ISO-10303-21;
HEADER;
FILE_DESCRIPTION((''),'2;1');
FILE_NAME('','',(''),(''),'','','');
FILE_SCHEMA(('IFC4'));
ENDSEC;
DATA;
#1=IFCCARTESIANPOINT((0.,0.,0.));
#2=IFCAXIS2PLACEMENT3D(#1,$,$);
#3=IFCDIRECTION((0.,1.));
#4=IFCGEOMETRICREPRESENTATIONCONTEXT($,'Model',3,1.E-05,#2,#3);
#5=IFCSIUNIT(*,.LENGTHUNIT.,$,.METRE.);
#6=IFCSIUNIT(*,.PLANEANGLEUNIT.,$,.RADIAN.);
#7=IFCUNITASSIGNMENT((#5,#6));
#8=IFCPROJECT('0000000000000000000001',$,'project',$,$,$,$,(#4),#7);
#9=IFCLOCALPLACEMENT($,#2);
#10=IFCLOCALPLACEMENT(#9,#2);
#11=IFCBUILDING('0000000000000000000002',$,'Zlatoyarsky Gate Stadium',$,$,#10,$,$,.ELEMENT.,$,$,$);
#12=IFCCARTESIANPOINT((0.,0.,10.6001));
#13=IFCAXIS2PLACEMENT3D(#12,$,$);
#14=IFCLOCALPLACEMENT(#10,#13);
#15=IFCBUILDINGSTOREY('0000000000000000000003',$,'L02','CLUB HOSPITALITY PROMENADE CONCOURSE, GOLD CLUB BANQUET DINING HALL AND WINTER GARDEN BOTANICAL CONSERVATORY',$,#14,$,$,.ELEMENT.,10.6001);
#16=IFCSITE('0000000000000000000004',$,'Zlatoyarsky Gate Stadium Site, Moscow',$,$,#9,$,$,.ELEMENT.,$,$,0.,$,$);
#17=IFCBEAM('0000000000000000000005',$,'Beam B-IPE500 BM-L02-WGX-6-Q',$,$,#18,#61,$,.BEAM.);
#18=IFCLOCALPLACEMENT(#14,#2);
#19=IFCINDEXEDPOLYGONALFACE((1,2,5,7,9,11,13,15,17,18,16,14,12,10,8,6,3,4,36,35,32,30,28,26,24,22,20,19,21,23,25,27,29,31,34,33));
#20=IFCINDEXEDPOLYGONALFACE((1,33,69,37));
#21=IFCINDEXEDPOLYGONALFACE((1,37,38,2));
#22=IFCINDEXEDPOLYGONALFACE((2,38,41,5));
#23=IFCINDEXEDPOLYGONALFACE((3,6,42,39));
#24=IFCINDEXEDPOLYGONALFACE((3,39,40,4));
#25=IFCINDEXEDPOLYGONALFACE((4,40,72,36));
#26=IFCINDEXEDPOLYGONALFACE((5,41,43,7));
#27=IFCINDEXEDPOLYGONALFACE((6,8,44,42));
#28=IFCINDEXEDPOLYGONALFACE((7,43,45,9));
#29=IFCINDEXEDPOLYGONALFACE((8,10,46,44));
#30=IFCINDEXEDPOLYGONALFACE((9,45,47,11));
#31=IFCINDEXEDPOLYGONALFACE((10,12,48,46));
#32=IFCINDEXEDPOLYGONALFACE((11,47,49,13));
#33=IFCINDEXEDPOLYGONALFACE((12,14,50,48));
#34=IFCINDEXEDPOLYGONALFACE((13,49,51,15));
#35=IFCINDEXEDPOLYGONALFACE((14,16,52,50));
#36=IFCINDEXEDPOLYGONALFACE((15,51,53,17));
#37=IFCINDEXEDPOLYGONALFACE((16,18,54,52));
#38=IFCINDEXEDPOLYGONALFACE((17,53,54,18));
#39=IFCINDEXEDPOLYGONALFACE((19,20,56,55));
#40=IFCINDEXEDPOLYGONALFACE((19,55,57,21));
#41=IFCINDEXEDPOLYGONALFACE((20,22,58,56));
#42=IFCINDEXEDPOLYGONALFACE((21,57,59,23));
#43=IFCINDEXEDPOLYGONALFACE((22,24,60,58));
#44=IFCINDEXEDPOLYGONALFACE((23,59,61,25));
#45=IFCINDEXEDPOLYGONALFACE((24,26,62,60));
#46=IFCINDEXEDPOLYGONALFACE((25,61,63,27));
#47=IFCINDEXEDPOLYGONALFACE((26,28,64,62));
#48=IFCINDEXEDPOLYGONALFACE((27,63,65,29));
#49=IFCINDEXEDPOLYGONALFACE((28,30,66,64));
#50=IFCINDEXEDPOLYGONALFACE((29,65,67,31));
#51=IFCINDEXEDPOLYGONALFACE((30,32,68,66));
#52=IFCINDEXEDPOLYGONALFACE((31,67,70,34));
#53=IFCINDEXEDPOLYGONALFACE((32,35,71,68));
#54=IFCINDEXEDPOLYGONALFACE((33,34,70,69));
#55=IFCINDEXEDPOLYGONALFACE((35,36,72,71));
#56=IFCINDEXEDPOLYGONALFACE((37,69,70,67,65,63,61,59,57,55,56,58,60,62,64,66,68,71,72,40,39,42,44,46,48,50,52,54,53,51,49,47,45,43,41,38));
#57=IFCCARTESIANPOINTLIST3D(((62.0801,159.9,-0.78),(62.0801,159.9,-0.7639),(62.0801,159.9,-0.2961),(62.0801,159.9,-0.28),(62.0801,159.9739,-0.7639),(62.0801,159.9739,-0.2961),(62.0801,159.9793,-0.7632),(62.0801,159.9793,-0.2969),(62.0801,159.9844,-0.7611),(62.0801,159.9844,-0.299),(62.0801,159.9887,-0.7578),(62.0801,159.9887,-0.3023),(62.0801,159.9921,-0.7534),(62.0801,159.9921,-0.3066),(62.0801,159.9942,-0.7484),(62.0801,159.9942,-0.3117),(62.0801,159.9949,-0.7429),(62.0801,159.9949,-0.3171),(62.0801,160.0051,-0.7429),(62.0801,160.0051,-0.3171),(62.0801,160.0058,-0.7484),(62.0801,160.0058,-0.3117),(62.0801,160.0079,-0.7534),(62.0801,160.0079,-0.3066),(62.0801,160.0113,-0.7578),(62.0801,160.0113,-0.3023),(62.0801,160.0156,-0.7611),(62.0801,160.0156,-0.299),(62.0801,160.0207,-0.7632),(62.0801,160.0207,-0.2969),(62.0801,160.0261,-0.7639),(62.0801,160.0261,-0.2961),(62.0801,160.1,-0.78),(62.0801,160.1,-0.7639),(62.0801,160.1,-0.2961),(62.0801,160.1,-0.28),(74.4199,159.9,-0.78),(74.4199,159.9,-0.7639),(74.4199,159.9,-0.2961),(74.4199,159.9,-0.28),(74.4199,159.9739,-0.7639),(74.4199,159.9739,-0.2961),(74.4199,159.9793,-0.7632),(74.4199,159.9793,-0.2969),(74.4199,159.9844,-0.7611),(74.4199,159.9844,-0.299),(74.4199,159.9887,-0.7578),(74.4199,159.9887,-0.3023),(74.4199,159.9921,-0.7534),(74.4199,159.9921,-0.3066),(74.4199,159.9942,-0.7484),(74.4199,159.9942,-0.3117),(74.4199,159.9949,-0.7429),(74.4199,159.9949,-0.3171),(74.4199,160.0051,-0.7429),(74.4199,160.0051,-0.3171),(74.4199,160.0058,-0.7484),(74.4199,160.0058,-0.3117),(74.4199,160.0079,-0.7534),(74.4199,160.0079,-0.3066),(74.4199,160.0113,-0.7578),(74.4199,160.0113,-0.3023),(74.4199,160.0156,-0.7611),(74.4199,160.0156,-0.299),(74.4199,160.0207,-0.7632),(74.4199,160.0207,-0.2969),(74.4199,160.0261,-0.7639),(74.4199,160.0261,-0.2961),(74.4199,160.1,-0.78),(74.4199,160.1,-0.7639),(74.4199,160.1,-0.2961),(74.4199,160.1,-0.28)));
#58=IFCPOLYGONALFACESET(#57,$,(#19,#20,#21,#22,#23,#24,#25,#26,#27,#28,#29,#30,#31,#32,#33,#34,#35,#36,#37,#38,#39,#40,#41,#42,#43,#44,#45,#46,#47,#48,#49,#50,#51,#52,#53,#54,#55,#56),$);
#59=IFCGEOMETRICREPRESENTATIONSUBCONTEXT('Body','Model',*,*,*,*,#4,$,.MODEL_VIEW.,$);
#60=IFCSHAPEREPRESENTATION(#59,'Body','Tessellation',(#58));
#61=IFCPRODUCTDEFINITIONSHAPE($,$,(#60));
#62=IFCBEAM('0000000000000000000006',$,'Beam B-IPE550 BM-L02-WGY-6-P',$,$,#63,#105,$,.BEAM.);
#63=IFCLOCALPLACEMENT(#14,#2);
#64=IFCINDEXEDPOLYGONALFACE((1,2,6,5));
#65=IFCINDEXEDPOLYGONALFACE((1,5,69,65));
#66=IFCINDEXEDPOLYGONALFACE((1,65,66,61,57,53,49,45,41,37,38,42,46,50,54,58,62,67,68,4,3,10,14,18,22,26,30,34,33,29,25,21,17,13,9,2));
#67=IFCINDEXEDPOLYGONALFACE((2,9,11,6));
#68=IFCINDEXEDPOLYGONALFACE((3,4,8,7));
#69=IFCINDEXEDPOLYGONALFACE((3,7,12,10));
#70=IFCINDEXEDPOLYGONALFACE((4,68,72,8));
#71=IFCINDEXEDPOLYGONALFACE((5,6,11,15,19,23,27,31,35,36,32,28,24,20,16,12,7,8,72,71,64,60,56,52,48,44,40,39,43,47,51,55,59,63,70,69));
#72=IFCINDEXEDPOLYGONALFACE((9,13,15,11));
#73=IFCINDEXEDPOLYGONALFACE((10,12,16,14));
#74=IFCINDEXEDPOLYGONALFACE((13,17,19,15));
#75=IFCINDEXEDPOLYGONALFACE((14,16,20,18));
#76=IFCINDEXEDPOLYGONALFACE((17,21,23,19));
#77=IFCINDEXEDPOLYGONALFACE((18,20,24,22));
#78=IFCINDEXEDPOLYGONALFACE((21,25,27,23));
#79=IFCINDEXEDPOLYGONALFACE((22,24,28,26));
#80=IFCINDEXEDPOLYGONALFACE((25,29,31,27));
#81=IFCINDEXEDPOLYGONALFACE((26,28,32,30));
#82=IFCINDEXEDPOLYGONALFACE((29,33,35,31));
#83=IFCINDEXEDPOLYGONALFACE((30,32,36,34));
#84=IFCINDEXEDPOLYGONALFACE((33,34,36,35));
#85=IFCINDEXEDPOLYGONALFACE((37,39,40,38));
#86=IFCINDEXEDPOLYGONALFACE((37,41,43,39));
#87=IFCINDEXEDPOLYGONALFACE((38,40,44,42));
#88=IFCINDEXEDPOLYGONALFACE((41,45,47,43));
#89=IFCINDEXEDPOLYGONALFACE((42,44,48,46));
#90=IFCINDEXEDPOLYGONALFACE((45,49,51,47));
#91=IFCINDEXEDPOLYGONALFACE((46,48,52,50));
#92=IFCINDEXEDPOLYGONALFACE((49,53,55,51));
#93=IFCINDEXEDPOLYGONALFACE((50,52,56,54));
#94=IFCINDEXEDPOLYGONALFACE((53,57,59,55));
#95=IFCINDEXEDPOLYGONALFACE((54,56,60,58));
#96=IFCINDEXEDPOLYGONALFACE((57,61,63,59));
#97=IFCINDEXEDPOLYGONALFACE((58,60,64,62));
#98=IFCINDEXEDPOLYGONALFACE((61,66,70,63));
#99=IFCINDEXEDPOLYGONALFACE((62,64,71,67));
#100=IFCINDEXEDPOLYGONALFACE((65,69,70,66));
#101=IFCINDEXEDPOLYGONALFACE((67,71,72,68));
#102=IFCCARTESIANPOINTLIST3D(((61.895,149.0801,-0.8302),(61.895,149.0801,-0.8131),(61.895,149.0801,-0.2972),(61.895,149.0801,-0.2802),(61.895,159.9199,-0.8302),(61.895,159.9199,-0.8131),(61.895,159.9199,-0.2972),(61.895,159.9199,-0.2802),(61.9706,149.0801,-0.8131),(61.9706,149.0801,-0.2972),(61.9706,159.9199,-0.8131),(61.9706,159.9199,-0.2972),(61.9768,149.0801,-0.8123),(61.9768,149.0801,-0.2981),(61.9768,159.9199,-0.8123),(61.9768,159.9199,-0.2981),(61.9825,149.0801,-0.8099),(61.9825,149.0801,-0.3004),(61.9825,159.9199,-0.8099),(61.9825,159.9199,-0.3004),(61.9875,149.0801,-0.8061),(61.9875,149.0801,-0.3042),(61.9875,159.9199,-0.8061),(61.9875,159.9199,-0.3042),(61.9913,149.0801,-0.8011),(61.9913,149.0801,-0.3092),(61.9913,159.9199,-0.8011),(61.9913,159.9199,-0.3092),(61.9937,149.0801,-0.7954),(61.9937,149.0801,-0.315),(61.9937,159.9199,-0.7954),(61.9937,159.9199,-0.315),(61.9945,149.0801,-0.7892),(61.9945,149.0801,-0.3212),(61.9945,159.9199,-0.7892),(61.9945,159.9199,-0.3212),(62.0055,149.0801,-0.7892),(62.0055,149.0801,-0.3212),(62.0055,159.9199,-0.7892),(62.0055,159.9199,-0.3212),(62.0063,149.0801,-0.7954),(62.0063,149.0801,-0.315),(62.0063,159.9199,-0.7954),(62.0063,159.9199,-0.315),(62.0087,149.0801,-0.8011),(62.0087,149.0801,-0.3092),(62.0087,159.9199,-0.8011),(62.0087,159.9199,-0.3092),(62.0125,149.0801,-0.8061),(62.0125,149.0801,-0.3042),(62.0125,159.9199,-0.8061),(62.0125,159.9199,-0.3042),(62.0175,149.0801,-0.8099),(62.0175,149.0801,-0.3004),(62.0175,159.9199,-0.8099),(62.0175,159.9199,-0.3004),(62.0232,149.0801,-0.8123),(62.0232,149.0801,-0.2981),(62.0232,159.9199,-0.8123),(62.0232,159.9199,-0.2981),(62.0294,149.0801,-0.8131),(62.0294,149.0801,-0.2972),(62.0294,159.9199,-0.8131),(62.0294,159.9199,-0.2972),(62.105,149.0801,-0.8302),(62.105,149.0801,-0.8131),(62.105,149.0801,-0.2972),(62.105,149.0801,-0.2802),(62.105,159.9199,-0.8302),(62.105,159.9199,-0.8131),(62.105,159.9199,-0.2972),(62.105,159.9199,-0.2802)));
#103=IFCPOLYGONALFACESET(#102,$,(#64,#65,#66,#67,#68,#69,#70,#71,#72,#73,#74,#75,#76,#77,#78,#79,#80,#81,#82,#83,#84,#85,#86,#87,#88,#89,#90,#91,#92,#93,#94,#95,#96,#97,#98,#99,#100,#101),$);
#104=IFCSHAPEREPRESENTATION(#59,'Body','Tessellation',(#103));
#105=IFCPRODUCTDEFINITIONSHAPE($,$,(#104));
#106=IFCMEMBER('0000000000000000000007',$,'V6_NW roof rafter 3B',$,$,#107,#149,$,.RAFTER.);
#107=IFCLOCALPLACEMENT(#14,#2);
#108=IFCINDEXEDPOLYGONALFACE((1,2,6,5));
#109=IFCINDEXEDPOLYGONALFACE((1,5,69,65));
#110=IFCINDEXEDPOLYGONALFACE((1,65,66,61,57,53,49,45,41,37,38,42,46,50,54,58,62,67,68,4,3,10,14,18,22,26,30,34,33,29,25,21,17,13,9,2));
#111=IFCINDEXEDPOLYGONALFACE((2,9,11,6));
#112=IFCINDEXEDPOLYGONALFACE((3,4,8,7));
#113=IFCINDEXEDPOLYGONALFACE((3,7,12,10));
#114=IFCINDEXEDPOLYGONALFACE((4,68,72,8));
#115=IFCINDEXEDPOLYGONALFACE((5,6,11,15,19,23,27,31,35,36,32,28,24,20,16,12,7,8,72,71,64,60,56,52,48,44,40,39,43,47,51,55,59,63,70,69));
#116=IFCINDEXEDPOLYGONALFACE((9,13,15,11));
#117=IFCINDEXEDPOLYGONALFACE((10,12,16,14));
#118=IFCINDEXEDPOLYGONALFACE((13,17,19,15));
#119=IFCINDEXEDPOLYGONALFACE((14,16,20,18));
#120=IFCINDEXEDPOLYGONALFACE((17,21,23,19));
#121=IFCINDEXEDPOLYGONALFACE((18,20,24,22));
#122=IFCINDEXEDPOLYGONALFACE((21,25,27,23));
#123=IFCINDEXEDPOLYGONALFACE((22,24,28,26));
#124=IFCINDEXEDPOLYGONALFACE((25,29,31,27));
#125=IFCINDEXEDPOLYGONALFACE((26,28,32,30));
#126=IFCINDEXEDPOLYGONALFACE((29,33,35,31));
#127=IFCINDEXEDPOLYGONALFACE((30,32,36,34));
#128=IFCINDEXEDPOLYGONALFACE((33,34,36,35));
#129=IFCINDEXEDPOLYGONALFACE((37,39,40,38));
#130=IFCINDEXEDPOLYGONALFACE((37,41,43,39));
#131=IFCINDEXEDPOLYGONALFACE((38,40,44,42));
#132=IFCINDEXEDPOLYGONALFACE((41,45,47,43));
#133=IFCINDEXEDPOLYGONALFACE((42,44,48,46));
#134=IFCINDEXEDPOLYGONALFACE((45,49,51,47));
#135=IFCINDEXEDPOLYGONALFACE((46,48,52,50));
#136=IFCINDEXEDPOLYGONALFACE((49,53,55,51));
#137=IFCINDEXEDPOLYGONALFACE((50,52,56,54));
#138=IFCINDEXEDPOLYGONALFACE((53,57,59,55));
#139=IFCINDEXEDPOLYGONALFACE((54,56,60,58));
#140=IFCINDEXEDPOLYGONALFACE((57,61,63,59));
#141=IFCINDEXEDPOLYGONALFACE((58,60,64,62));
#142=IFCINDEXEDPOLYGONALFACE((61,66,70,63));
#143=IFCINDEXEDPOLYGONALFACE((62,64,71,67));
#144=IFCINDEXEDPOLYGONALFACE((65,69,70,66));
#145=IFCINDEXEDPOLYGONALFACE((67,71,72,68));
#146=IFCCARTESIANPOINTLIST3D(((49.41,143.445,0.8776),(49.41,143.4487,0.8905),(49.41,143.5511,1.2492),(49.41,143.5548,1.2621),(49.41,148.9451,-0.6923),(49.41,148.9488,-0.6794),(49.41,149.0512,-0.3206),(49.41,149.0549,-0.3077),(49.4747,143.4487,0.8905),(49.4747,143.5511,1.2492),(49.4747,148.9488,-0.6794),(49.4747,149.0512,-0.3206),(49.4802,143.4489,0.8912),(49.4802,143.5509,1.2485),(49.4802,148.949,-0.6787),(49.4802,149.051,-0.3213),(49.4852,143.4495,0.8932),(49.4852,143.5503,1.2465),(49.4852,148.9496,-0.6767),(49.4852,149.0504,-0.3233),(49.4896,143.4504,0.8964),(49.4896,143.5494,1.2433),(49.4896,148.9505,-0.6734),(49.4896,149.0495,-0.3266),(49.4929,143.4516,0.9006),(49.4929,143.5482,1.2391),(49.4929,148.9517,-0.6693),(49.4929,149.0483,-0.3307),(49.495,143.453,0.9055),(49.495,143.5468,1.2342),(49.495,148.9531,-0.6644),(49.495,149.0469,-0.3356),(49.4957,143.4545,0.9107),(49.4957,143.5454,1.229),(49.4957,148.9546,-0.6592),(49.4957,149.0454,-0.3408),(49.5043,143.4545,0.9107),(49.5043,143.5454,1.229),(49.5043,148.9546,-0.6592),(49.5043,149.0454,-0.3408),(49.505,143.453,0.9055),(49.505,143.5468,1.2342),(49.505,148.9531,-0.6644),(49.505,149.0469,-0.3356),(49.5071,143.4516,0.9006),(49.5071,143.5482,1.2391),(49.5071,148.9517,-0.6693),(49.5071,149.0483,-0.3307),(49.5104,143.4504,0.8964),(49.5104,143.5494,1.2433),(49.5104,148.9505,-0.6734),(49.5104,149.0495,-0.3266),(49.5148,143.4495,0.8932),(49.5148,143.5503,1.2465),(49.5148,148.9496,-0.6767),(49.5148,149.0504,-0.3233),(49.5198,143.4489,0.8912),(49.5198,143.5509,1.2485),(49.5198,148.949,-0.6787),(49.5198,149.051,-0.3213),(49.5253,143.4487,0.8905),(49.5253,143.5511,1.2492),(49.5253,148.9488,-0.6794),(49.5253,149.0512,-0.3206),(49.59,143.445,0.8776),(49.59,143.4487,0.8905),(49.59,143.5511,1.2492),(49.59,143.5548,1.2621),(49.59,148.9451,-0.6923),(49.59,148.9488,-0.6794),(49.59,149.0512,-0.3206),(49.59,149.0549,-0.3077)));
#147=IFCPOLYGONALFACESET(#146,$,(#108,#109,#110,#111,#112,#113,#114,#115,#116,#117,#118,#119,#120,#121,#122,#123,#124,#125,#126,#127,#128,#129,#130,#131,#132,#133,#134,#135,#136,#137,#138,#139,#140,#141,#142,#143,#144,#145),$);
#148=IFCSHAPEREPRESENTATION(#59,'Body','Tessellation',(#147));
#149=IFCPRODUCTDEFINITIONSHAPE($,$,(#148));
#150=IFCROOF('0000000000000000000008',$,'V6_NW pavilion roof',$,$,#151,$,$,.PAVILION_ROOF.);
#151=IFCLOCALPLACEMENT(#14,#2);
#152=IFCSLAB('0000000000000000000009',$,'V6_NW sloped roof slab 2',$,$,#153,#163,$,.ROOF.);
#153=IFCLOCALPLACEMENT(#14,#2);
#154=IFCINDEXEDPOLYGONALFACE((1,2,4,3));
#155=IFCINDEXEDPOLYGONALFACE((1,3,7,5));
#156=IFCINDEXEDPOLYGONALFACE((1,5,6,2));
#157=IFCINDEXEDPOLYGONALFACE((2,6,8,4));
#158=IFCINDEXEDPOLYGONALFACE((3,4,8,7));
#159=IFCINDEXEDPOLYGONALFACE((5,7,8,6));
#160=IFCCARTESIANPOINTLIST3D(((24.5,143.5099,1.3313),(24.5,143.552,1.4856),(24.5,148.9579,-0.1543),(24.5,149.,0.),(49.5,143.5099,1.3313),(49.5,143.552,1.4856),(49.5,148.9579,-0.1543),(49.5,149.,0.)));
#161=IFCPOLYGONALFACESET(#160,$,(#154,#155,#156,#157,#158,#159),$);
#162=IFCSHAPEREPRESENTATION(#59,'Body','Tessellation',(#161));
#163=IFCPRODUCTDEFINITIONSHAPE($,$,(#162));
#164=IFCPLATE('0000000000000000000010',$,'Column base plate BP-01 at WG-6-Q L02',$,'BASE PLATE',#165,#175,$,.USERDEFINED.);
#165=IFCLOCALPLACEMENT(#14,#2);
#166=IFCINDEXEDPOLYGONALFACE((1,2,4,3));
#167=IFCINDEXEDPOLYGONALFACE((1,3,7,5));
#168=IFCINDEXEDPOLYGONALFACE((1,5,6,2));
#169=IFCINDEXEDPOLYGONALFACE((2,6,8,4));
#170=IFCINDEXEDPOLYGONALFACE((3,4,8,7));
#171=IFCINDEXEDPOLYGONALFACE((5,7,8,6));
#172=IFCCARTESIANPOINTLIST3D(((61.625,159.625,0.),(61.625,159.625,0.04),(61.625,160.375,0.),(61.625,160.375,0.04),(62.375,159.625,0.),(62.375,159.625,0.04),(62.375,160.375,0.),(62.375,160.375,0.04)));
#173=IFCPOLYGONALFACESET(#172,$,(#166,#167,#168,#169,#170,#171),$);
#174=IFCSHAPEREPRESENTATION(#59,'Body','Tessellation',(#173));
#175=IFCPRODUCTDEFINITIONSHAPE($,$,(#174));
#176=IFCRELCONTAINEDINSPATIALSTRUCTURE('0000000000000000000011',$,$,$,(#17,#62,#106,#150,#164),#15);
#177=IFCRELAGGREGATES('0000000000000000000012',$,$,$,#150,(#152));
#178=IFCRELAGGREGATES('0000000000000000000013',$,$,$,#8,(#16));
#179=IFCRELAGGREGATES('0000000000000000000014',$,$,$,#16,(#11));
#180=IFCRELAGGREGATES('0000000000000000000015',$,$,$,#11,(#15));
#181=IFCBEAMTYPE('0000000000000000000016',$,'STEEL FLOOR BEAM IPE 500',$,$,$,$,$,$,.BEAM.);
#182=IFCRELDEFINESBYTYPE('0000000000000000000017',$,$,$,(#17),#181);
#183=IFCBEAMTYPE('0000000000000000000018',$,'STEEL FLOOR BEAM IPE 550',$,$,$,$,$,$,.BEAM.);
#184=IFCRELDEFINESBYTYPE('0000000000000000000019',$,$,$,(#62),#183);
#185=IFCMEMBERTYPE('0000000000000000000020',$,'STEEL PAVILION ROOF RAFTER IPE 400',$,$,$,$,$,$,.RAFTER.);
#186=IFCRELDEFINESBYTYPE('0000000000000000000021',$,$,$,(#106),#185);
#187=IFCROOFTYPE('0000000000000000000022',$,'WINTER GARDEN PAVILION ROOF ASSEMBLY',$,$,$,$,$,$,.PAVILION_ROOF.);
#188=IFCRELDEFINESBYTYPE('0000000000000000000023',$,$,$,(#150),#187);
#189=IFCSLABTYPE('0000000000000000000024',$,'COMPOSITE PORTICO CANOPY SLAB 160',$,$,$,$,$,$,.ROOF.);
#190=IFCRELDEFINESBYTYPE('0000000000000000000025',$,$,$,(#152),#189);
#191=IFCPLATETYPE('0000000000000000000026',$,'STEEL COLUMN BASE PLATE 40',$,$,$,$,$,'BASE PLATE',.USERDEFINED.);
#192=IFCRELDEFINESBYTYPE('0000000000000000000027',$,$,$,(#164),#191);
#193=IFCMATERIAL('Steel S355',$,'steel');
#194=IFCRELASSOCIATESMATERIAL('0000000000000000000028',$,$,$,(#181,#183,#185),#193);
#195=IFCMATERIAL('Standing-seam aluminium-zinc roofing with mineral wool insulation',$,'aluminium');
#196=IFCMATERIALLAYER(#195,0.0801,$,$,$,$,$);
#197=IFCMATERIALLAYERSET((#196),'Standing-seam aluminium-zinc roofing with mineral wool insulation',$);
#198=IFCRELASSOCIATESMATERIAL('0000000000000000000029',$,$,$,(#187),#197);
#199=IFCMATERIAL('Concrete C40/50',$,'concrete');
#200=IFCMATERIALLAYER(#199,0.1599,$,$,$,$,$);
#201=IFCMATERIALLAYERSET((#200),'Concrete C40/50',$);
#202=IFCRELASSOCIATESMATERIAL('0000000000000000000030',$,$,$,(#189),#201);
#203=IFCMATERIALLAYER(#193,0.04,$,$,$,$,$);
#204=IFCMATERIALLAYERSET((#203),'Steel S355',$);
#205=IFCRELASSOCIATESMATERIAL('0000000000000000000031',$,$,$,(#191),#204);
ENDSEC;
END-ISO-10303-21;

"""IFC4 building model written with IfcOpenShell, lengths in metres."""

from ifc_helpers import new_model, si_unit, direction, frame, origin, origin_2d, place, context, subcontext, project, spatial, polyline, rectangle, i_section, outline, extrude, material, layer, layer_set, material_profile, profile_set, type_object, element, aggregate, save


model = new_model("IFC4")

# Units and contexts
model_context = context("Model", 3, precision=1e-05, world=origin(), true_north=direction((0.0, 1.0)))
body_context = subcontext(model_context, "Body", "Model", "MODEL_VIEW")
ifc_project = project(units=[si_unit("LENGTHUNIT", "METRE"), si_unit("PLANEANGLEUNIT", "RADIAN")], contexts=[model_context])

# Site, building, storey
site_placement = place(None, origin())
site = spatial("IfcSite", under=ifc_project, at=site_placement, Name="Zlatoyarsky Gate Stadium Site, Moscow", CompositionType="ELEMENT", RefElevation=0.0)
building_placement = place(site_placement, origin())
building = spatial("IfcBuilding", under=site, at=building_placement, Name="Zlatoyarsky Gate Stadium", CompositionType="ELEMENT")
storey_placement = place(building_placement, frame((0.0, 0.0, 10.6001)))
storey = spatial("IfcBuildingStorey", under=building, at=storey_placement, Name="L02", Description="CLUB HOSPITALITY PROMENADE CONCOURSE, GOLD CLUB BANQUET DINING HALL AND WINTER GARDEN BOTANICAL CONSERVATORY", CompositionType="ELEMENT", Elevation=10.6001)

# Shared definitions
ifc_material_1 = material(Name="Steel S355", Category="steel")

# Beams
ifc_material_profile_1 = material_profile(ifc_material_1, i_section(OverallWidth=0.2, OverallDepth=0.5, WebThickness=0.0103, FlangeThickness=0.0161, FilletRadius=0.021, at=origin_2d()), Name="IPE 500")
ifc_profile_set_1 = profile_set([ifc_material_profile_1], Name="Steel S355")
beam_type_1 = type_object("IfcBeamType", Name="STEEL FLOOR BEAM IPE 500", PredefinedType="BEAM", material=ifc_profile_set_1)
for number, where, z_axis, x_axis, name in (
    (1, (62.0801, 160.0, -0.53), (1.0, 0.0, 0.0), (0.0, 1.0, 0.0), "Beam B-IPE500 BM-L02-WGX-6-Q"),
):
    element("IfcBeam", number, at=place(storey_placement, frame(where, z_axis=z_axis, x_axis=x_axis)), inside=storey, type_object=beam_type_1, Name=name, PredefinedType="BEAM", context=body_context, shape_type="SweptSolid", body=[
        extrude(i_section(OverallWidth=0.2, OverallDepth=0.5, WebThickness=0.0103, FlangeThickness=0.0161, FilletRadius=0.021, at=origin_2d()), origin(), (0.0, 0.0, 1.0), 12.3398),
    ])
ifc_material_profile_2 = material_profile(ifc_material_1, i_section(OverallWidth=0.21, OverallDepth=0.55, WebThickness=0.011, FlangeThickness=0.0171, FilletRadius=0.0239, at=origin_2d()), Name="IPE 550")
ifc_profile_set_2 = profile_set([ifc_material_profile_2], Name="Steel S355")
beam_type_2 = type_object("IfcBeamType", Name="STEEL FLOOR BEAM IPE 550", PredefinedType="BEAM", material=ifc_profile_set_2)
beam_placement = place(storey_placement, frame((62.0, 149.0801, -0.5552), z_axis=(0.0, 1.0, 0.0), x_axis=(-1.0, 0.0, 0.0)))
element("IfcBeam", 2, at=beam_placement, inside=storey, type_object=beam_type_2, Name="Beam B-IPE550 BM-L02-WGY-6-P", PredefinedType="BEAM", context=body_context, shape_type="SweptSolid", body=[
    extrude(i_section(OverallWidth=0.21, OverallDepth=0.55, WebThickness=0.011, FlangeThickness=0.0171, FilletRadius=0.0239, at=origin_2d()), origin(), (0.0, 0.0, 1.0), 10.8398),
])

# Member
ifc_material_profile_3 = material_profile(ifc_material_1, i_section(OverallWidth=0.1799, OverallDepth=0.3999, WebThickness=0.0085, FlangeThickness=0.0134, FilletRadius=0.021, at=origin_2d()), Name="IPE 400")
ifc_profile_set_3 = profile_set([ifc_material_profile_3], Name="Steel S355")
member_type = type_object("IfcMemberType", Name="STEEL PAVILION ROOF RAFTER IPE 400", PredefinedType="RAFTER", material=ifc_profile_set_3)
member_placement = place(storey_placement, frame((49.5, 149.0, -0.5), z_axis=(0.0, -0.961598, 0.274462), x_axis=(1.0, 0.0, 0.0)))
element("IfcMember", 3, at=member_placement, inside=storey, type_object=member_type, Name="V6_NW roof rafter 3B", PredefinedType="RAFTER", context=body_context, shape_type="SweptSolid", body=[
    extrude(i_section(OverallWidth=0.1799, OverallDepth=0.3999, WebThickness=0.0085, FlangeThickness=0.0134, FilletRadius=0.021, at=origin_2d()), origin(), (0.0, 0.0, 1.0), 5.7197),
])

# Roof, slab
ifc_material_2 = material(Name="Standing-seam aluminium-zinc roofing with mineral wool insulation", Category="aluminium")
ifc_layer_1 = layer(ifc_material_2, 0.0801)
ifc_layer_set_1 = layer_set([ifc_layer_1], Name="Standing-seam aluminium-zinc roofing with mineral wool insulation")
roof_type = type_object("IfcRoofType", Name="WINTER GARDEN PAVILION ROOF ASSEMBLY", PredefinedType="PAVILION_ROOF", material=ifc_layer_set_1)
roof_placement = place(storey_placement, origin())
roof = element("IfcRoof", 4, at=roof_placement, inside=storey, type_object=roof_type, Name="V6_NW pavilion roof", PredefinedType="PAVILION_ROOF")
ifc_material_3 = material(Name="Concrete C40/50", Category="concrete")
ifc_layer_2 = layer(ifc_material_3, 0.1599)
ifc_layer_set_2 = layer_set([ifc_layer_2], Name="Concrete C40/50")
slab_type = type_object("IfcSlabType", Name="COMPOSITE PORTICO CANOPY SLAB 160", PredefinedType="ROOF", material=ifc_layer_set_2)
slab_placement = place(storey_placement, frame((49.5, 149.0, 0.0), z_axis=(0.0, 0.263081, 0.964774), x_axis=(-1.0, 0.0, 0.0)))
slab = element("IfcSlab", 5, at=slab_placement, type_object=slab_type, Name="V6_NW sloped roof slab 2", PredefinedType="ROOF", context=body_context, shape_type="SweptSolid", body=[
    extrude(outline(polyline([(0.0, 0.0), (25.0, 0.0), (25.0, 5.6469), (0.0, 5.6469), (0.0, 0.0)])), origin(), (0.0, 0.0, -1.0), 0.1599),
])

# Plate
ifc_layer_3 = layer(ifc_material_1, 0.04)
ifc_layer_set_3 = layer_set([ifc_layer_3], Name="Steel S355")
plate_type = type_object("IfcPlateType", Name="STEEL COLUMN BASE PLATE 40", ElementType="BASE PLATE", PredefinedType="USERDEFINED", material=ifc_layer_set_3)
plate_placement = place(storey_placement, frame((62.0, 160.0, 0.0), z_axis=(0.0, 0.0, 1.0), x_axis=(1.0, 0.0, 0.0)))
element("IfcPlate", 6, at=plate_placement, inside=storey, type_object=plate_type, Name="Column base plate BP-01 at WG-6-Q L02", ObjectType="BASE PLATE", PredefinedType="USERDEFINED", context=body_context, shape_type="SweptSolid", body=[
    extrude(rectangle(XDim=0.75, YDim=0.75, at=origin_2d()), origin(), (0.0, 0.0, 1.0), 0.04),
])

aggregate(roof, [slab])

save(model, "model.ifc")
